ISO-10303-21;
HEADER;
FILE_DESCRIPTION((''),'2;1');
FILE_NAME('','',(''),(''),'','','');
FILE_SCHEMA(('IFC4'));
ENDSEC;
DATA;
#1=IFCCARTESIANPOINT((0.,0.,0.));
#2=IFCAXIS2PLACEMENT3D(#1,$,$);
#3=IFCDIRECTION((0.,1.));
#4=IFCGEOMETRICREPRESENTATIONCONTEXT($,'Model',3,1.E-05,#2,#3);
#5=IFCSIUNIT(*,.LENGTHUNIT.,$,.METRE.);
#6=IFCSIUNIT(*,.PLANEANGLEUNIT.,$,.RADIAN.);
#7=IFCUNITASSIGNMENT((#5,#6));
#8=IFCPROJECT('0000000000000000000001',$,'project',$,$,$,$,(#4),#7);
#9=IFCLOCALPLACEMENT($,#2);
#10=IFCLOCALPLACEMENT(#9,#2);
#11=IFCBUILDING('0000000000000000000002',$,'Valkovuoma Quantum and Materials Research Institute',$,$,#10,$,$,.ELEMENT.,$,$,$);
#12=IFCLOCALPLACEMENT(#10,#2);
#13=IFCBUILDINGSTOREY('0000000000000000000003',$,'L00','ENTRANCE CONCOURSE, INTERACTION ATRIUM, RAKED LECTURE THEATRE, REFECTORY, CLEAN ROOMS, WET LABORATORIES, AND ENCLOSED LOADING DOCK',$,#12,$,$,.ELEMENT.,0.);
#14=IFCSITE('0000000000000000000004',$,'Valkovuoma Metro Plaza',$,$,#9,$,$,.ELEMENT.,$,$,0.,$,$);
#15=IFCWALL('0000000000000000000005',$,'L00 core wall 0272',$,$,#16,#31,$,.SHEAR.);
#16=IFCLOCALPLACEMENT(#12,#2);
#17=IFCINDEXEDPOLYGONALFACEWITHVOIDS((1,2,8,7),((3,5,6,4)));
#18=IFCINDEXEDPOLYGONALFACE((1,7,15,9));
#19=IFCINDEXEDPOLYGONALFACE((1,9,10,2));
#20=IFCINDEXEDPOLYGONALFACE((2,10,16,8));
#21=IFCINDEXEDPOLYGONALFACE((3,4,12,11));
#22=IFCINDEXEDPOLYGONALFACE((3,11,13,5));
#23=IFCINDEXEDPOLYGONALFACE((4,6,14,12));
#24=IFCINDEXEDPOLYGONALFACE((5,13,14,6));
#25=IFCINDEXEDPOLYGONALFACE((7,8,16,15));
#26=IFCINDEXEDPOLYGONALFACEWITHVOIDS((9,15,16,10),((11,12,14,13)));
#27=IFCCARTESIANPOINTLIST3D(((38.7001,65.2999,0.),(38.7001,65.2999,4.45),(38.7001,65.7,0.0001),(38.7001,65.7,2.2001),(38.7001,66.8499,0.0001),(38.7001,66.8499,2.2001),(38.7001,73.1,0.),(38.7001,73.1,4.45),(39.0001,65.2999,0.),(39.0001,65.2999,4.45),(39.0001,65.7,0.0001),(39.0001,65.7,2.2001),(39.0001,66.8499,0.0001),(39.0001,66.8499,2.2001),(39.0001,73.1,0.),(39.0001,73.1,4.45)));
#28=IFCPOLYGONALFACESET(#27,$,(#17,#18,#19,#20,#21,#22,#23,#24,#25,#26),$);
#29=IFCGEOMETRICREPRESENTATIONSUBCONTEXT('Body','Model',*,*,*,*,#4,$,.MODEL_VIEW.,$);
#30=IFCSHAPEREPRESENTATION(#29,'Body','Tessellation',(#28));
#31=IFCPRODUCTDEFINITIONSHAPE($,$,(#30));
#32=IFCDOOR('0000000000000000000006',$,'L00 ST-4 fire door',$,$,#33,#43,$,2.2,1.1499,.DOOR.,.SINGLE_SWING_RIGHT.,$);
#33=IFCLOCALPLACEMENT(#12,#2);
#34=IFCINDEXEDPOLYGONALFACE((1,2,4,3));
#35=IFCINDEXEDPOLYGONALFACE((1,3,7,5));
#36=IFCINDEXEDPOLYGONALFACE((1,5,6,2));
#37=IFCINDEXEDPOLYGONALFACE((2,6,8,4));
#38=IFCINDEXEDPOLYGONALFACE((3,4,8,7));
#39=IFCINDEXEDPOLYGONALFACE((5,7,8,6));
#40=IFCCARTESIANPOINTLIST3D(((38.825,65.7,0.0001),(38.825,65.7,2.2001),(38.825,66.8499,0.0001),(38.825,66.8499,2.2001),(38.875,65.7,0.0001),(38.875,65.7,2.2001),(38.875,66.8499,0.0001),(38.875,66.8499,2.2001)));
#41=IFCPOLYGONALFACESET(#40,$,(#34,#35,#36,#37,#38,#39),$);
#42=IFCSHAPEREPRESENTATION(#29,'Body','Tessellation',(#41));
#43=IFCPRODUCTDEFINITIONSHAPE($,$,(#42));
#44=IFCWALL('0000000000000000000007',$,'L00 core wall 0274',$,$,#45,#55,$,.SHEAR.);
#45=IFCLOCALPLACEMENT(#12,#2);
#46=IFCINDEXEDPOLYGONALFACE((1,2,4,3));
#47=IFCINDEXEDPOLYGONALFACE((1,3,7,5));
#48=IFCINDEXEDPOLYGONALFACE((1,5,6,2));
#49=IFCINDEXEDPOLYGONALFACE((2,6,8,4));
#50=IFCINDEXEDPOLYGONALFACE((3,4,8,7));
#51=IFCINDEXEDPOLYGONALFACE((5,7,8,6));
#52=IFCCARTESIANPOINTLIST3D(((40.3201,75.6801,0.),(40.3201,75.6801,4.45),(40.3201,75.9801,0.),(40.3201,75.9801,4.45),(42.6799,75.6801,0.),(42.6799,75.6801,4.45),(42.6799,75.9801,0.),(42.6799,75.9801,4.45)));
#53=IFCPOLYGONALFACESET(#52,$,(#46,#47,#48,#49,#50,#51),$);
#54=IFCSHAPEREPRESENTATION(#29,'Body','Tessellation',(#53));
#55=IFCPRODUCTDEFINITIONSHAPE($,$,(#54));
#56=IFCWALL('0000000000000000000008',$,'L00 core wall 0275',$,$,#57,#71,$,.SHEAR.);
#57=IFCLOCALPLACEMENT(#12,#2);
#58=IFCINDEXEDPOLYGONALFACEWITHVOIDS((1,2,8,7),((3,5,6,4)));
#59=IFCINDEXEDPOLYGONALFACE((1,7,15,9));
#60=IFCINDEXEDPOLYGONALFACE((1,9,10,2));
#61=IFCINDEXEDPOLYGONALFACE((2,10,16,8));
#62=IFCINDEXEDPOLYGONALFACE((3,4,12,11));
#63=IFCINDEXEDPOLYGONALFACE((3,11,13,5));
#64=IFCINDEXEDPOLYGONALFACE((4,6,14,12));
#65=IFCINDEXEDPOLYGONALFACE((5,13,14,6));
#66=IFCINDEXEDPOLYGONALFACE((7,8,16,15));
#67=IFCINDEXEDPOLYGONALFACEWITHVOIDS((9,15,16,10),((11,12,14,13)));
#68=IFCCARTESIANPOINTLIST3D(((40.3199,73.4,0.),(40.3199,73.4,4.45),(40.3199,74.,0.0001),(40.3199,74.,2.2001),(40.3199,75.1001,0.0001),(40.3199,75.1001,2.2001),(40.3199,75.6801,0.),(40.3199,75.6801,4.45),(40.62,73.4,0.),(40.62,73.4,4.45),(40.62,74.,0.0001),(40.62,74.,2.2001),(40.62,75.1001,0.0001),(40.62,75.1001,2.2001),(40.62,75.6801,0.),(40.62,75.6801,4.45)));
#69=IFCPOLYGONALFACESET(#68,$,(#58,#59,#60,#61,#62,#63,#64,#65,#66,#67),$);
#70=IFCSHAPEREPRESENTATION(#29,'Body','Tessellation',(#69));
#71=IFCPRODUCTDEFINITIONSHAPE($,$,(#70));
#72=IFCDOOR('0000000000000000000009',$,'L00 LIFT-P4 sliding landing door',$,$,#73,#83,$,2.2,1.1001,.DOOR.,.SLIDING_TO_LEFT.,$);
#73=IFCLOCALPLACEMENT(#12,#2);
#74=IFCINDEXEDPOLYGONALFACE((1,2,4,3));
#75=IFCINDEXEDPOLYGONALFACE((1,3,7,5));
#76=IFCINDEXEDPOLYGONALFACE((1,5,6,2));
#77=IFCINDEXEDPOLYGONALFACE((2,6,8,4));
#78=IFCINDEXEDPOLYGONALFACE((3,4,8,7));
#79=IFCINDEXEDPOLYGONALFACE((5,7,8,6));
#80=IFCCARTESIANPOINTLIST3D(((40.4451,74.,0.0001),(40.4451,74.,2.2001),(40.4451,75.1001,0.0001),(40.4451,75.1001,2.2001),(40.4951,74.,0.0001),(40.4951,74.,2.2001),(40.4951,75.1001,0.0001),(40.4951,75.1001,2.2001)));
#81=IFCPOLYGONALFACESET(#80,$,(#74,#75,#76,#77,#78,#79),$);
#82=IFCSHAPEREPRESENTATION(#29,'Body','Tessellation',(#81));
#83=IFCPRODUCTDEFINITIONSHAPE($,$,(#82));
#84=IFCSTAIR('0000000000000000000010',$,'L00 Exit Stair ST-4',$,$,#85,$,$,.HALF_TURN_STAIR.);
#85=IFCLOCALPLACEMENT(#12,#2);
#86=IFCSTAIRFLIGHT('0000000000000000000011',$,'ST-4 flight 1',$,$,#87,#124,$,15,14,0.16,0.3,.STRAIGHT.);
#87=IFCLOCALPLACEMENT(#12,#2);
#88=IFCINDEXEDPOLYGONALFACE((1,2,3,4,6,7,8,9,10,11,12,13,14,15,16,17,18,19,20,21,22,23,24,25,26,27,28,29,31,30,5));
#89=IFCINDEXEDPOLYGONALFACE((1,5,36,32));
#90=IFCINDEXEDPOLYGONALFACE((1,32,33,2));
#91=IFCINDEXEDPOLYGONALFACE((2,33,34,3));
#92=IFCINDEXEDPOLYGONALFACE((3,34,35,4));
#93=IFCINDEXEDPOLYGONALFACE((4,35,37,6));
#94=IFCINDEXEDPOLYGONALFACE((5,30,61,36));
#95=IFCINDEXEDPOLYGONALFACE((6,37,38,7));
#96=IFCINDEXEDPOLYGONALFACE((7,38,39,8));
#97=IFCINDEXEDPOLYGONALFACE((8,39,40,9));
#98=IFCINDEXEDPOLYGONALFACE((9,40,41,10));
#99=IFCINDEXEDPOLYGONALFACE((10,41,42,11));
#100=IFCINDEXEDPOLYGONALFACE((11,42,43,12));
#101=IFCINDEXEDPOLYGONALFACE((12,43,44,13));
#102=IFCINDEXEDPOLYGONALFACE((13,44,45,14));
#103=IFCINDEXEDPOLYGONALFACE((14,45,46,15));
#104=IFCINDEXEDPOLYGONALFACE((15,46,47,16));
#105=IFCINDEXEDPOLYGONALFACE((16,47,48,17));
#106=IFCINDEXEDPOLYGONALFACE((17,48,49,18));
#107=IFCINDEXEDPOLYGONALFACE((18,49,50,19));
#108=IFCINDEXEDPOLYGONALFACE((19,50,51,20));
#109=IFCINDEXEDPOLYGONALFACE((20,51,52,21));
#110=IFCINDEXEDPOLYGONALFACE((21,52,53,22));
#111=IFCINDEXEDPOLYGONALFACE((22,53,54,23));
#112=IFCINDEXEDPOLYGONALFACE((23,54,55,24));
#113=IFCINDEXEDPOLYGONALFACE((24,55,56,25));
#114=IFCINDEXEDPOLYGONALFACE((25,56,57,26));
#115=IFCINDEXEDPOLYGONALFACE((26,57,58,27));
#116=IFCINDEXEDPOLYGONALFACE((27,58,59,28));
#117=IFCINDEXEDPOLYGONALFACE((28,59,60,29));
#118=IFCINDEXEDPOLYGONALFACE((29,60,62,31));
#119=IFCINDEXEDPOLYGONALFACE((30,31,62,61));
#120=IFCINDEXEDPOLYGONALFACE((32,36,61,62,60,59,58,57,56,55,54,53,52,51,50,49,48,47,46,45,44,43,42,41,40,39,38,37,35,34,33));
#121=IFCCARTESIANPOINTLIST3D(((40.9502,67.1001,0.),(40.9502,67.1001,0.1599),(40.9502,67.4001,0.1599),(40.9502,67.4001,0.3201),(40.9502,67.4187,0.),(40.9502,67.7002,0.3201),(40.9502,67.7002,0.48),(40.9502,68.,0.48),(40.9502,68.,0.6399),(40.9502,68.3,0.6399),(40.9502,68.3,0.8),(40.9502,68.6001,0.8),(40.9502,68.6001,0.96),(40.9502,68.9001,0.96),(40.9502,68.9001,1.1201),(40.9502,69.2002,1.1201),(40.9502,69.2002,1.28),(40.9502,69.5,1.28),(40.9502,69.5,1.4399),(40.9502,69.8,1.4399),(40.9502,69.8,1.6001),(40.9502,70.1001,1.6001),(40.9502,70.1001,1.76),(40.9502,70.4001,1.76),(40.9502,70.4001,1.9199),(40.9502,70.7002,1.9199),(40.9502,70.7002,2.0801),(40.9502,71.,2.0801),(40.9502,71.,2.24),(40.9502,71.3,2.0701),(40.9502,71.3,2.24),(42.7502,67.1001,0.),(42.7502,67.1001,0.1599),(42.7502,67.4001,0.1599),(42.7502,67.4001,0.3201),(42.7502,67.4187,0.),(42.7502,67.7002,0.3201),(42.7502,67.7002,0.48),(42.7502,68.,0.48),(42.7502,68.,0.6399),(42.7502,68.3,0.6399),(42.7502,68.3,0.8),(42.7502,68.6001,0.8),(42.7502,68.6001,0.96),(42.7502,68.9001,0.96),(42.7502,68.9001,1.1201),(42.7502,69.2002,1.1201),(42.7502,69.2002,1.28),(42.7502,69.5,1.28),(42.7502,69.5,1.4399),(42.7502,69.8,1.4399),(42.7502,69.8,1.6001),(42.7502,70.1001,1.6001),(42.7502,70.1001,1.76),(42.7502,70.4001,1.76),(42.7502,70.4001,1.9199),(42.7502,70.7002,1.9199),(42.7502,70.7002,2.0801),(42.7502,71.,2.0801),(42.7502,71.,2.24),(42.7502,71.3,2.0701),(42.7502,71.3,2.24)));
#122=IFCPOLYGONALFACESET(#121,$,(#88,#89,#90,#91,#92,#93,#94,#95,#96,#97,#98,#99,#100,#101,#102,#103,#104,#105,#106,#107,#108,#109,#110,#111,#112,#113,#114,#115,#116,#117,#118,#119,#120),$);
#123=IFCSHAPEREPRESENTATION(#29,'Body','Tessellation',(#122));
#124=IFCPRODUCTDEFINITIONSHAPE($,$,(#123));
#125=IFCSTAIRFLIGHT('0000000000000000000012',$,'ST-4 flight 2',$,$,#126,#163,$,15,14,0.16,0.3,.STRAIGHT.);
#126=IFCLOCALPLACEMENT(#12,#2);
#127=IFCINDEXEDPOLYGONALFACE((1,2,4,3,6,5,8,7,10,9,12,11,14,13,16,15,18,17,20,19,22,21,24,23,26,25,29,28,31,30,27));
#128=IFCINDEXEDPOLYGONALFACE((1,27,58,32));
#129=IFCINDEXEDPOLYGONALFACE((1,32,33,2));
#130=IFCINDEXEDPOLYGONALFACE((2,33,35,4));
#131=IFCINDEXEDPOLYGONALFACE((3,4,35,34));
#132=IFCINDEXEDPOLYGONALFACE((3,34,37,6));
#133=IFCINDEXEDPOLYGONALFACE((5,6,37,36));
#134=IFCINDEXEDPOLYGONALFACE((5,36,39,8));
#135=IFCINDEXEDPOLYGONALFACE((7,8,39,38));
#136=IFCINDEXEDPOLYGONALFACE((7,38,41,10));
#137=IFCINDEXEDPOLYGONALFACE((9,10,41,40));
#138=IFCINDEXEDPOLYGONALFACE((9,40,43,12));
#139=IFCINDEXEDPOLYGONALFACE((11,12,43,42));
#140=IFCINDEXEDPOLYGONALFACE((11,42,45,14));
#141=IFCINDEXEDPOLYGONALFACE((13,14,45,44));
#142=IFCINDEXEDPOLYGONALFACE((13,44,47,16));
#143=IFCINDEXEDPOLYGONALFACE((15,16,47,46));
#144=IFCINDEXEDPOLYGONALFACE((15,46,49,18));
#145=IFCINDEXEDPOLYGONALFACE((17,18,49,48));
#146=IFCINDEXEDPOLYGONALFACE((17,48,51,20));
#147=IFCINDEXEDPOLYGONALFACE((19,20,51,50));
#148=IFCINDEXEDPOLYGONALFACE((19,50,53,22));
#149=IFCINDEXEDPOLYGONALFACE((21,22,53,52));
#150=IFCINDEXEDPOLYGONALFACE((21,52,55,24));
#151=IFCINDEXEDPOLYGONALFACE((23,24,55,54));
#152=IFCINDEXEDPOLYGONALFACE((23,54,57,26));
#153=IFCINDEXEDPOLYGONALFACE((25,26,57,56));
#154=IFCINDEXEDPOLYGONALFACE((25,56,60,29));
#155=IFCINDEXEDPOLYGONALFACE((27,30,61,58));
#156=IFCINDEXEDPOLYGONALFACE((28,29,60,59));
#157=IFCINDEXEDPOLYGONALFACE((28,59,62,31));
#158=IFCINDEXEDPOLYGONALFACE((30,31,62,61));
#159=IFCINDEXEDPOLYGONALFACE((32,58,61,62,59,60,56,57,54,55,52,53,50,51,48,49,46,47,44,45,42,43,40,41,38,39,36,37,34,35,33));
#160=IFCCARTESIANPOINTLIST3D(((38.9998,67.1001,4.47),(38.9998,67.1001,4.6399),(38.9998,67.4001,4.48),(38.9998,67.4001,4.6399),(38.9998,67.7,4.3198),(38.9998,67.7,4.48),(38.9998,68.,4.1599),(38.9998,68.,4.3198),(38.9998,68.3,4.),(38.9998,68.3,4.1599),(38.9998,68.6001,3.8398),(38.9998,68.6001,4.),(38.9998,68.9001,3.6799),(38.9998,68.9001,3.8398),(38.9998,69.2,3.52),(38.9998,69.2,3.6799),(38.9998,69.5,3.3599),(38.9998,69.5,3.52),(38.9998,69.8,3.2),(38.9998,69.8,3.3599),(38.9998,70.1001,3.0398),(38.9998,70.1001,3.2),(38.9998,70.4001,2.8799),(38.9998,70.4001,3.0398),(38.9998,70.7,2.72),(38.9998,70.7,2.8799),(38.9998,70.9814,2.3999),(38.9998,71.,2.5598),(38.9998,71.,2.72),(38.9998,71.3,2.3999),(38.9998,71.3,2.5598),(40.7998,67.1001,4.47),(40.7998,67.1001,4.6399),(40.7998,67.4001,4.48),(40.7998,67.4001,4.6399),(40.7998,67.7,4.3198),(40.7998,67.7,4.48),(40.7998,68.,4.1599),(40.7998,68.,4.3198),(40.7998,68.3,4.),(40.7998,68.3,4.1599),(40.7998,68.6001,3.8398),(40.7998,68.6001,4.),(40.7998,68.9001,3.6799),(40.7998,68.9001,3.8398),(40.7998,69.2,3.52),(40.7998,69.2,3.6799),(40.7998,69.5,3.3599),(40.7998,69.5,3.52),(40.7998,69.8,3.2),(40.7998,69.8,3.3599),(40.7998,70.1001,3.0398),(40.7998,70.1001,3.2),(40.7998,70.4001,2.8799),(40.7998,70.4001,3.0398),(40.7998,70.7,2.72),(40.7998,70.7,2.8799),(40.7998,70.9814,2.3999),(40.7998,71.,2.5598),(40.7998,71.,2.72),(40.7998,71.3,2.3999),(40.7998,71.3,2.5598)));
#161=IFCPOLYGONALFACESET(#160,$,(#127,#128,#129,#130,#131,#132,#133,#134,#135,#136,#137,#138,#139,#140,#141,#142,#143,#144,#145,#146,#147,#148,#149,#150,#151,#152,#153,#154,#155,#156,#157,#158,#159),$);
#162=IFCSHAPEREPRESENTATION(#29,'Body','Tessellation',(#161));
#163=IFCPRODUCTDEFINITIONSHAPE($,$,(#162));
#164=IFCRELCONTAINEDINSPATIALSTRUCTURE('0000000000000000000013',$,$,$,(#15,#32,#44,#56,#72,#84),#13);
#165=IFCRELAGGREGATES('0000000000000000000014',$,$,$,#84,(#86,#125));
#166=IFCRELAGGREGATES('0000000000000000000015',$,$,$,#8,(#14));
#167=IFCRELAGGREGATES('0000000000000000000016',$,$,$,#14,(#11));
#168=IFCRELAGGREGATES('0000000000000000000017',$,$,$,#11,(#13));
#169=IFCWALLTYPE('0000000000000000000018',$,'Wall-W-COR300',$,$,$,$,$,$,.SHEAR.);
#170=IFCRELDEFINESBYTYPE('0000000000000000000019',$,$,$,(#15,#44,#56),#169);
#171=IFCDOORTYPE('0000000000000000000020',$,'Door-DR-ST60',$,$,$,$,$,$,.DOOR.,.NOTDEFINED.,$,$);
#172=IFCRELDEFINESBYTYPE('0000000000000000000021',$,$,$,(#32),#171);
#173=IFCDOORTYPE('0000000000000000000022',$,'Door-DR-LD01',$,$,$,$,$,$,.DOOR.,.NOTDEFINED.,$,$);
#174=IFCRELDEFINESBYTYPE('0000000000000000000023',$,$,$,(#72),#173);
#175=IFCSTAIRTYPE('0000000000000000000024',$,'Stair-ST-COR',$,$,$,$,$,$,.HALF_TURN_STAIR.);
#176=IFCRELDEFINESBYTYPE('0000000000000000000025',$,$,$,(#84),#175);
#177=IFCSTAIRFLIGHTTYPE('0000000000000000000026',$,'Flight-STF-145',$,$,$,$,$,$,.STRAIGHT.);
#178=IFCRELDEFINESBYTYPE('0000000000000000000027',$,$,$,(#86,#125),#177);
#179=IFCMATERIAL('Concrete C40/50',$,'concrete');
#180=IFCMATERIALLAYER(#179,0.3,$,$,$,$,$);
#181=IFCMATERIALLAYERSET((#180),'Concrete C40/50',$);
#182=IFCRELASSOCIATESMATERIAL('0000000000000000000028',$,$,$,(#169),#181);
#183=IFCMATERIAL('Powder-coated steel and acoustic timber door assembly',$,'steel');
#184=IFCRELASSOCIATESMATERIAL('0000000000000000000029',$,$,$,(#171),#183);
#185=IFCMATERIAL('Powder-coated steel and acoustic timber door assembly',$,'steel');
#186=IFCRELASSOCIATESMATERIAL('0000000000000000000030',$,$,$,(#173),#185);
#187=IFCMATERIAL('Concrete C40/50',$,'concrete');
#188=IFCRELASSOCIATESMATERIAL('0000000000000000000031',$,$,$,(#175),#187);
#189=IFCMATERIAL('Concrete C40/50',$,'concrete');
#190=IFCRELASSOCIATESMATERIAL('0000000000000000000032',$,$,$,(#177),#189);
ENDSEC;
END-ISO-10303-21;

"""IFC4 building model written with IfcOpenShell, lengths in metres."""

from ifc_helpers import new_model, si_unit, direction, frame, frame_2d, origin, place, context, subcontext, project, spatial, polyline, rectangle, outline, extrude, material, layer, layer_set, type_object, element, fill, aggregate, save


model = new_model("IFC4")

# Units and contexts
model_context = context("Model", 3, precision=1e-05, world=origin(), true_north=direction((0.0, 1.0)))
body_context = subcontext(model_context, "Body", "Model", "MODEL_VIEW")
ifc_project = project(units=[si_unit("LENGTHUNIT", "METRE"), si_unit("PLANEANGLEUNIT", "RADIAN")], contexts=[model_context])

# Site, building, storey
site_placement = place(None, origin())
site = spatial("IfcSite", under=ifc_project, at=site_placement, Name="Valkovuoma Metro Plaza", CompositionType="ELEMENT", RefElevation=0.0)
building_placement = place(site_placement, origin())
building = spatial("IfcBuilding", under=site, at=building_placement, Name="Valkovuoma Quantum and Materials Research Institute", CompositionType="ELEMENT")
storey_placement = place(building_placement, origin())
storey = spatial("IfcBuildingStorey", under=building, at=storey_placement, Name="L00", Description="ENTRANCE CONCOURSE, INTERACTION ATRIUM, RAKED LECTURE THEATRE, REFECTORY, CLEAN ROOMS, WET LABORATORIES, AND ENCLOSED LOADING DOCK", CompositionType="ELEMENT", Elevation=0.0)

# Shared definitions
ifc_material_1 = material(Name="Concrete C40/50", Category="concrete")
ifc_layer = layer(ifc_material_1, 0.3)
ifc_layer_set = layer_set([ifc_layer], Name="Concrete C40/50")
wall_type = type_object("IfcWallType", Name="Wall-W-COR300", PredefinedType="SHEAR", material=ifc_layer_set)

# Wall, opening, door
wall_1_placement = place(storey_placement, frame((38.8501, 65.3, 0.0), z_axis=(0.0, 0.0, 1.0), x_axis=(0.0, 1.0, 0.0)))
wall_1 = element("IfcWall", 1, at=wall_1_placement, inside=storey, type_object=wall_type, Name="L00 core wall 0272", PredefinedType="SHEAR", context=body_context, shape_type="SweptSolid", body=[
    extrude(rectangle(XDim=7.8, YDim=0.3, at=frame_2d((3.8999, 0.0))), origin(), (0.0, 0.0, 1.0), 4.45),
])
opening_1_placement = place(wall_1_placement, frame((0.3999, 0.0, 0.0)))
opening_1 = element("IfcOpeningElement", 2, at=opening_1_placement, cuts=wall_1, PredefinedType="OPENING", context=body_context, shape_type="SweptSolid", body=[
    extrude(rectangle(XDim=1.1499, YDim=2.2, at=frame_2d((0.575, 1.1001))), frame((0.0, 0.1602, 0.0), z_axis=(0.0, -1.0, 0.0), x_axis=(1.0, 0.0, 0.0)), (0.0, 0.0, 1.0), 0.3201),
])
ifc_material_2 = material(Name="Powder-coated steel and acoustic timber door assembly", Category="steel")
door_type_1 = type_object("IfcDoorType", Name="Door-DR-ST60", OperationType="NOTDEFINED", PredefinedType="DOOR", material=ifc_material_2)
door_1_placement = place(opening_1_placement, frame((1.1499, 0.0, 0.0), z_axis=(0.0, 0.0, 1.0), x_axis=(-1.0, 0.0, 0.0)))
door_1 = element("IfcDoor", 3, at=door_1_placement, inside=storey, type_object=door_type_1, Name="L00 ST-4 fire door", OperationType="SINGLE_SWING_RIGHT", OverallHeight=2.2, OverallWidth=1.1499, PredefinedType="DOOR", context=body_context, shape_type="SweptSolid", body=[
    extrude(rectangle(XDim=1.1499, YDim=2.2, at=frame_2d((0.575, 1.1001))), frame((0.0, 0.0249, 0.0), z_axis=(0.0, -1.0, 0.0), x_axis=(1.0, 0.0, 0.0)), (0.0, 0.0, 1.0), 0.05),
])
fill(opening_1, door_1)

# Wall
wall_2_placement = place(storey_placement, frame((40.3201, 75.8301, 0.0), z_axis=(0.0, 0.0, 1.0), x_axis=(1.0, 0.0, 0.0)))
element("IfcWall", 4, at=wall_2_placement, inside=storey, type_object=wall_type, Name="L00 core wall 0274", PredefinedType="SHEAR", context=body_context, shape_type="SweptSolid", body=[
    extrude(rectangle(XDim=2.3599, YDim=0.3, at=frame_2d((1.1799, 0.0))), origin(), (0.0, 0.0, 1.0), 4.45),
])

# Wall, opening, door
wall_3_placement = place(storey_placement, frame((40.47, 73.3999, 0.0), z_axis=(0.0, 0.0, 1.0), x_axis=(0.0, 1.0, 0.0)))
wall_3 = element("IfcWall", 5, at=wall_3_placement, inside=storey, type_object=wall_type, Name="L00 core wall 0275", PredefinedType="SHEAR", context=body_context, shape_type="SweptSolid", body=[
    extrude(rectangle(XDim=2.28, YDim=0.3, at=frame_2d((1.1401, 0.0))), origin(), (0.0, 0.0, 1.0), 4.45),
])
opening_2_placement = place(wall_3_placement, frame((0.6001, 0.0, 0.0)))
opening_2 = element("IfcOpeningElement", 6, at=opening_2_placement, cuts=wall_3, PredefinedType="OPENING", context=body_context, shape_type="SweptSolid", body=[
    extrude(rectangle(XDim=1.1001, YDim=2.2, at=frame_2d((0.55, 1.1001))), frame((0.0, 0.1602, 0.0), z_axis=(0.0, -1.0, 0.0), x_axis=(1.0, 0.0, 0.0)), (0.0, 0.0, 1.0), 0.3201),
])
ifc_material_3 = material(Name="Powder-coated steel and acoustic timber door assembly", Category="steel")
door_type_2 = type_object("IfcDoorType", Name="Door-DR-LD01", OperationType="NOTDEFINED", PredefinedType="DOOR", material=ifc_material_3)
door_2_placement = place(opening_2_placement, origin())
door_2 = element("IfcDoor", 7, at=door_2_placement, inside=storey, type_object=door_type_2, Name="L00 LIFT-P4 sliding landing door", OperationType="SLIDING_TO_LEFT", OverallHeight=2.2, OverallWidth=1.1001, PredefinedType="DOOR", context=body_context, shape_type="SweptSolid", body=[
    extrude(rectangle(XDim=1.1001, YDim=2.2, at=frame_2d((0.55, 1.1001))), frame((0.0, 0.0249, 0.0), z_axis=(0.0, -1.0, 0.0), x_axis=(1.0, 0.0, 0.0)), (0.0, 0.0, 1.0), 0.05),
])
fill(opening_2, door_2)

# Stair, stair flights
ifc_material_4 = material(Name="Concrete C40/50", Category="concrete")
stair_type = type_object("IfcStairType", Name="Stair-ST-COR", PredefinedType="HALF_TURN_STAIR", material=ifc_material_4)
stair_placement = place(storey_placement, origin())
stair = element("IfcStair", 8, at=stair_placement, inside=storey, type_object=stair_type, Name="L00 Exit Stair ST-4", PredefinedType="HALF_TURN_STAIR")
ifc_material_5 = material(Name="Concrete C40/50", Category="concrete")
stair_flight_type = type_object("IfcStairFlightType", Name="Flight-STF-145", PredefinedType="STRAIGHT", material=ifc_material_5)
stair_flight_1_placement = place(storey_placement, frame((41.8501, 67.1001, 0.0), z_axis=(0.0, 0.0, 1.0), x_axis=(0.0, 1.0, 0.0)))
stair_flight_1 = element("IfcStairFlight", 9, at=stair_flight_1_placement, type_object=stair_flight_type, Name="ST-4 flight 1", NumberOfRisers=15, NumberOfTreads=14, PredefinedType="STRAIGHT", RiserHeight=0.16, TreadLength=0.3, context=body_context, shape_type="SweptSolid", body=[
    extrude(outline(polyline([(0.0, 0.0), (0.0, 0.1599), (0.3, 0.1599), (0.3, 0.3201), (0.6001, 0.3201), (0.6001, 0.48), (0.8999, 0.48), (0.8999, 0.6399), (1.2, 0.6399), (1.2, 0.8), (1.5, 0.8), (1.5, 0.96), (1.8, 0.96), (1.8, 1.1201), (2.1001, 1.1201), (2.1001, 1.28), (2.3999, 1.28), (2.3999, 1.4399), (2.7, 1.4399), (2.7, 1.6001), (3.0, 1.6001), (3.0, 1.76), (3.3, 1.76), (3.3, 1.9199), (3.6001, 1.9199), (3.6001, 2.0801), (3.8999, 2.0801), (3.8999, 2.24), (4.2, 2.24), (4.2, 2.3999), (4.2, 2.0701), (0.3186, 0.0), (0.0, 0.0)])), frame((0.0, 0.8999, 0.0), z_axis=(0.0, -1.0, 0.0), x_axis=(1.0, 0.0, 0.0)), (0.0, 0.0, 1.0), 1.8),
])
stair_flight_2_placement = place(storey_placement, frame((39.8999, 71.3, 2.3999), z_axis=(0.0, 0.0, 1.0), x_axis=(0.0, -1.0, 0.0)))
stair_flight_2 = element("IfcStairFlight", 10, at=stair_flight_2_placement, type_object=stair_flight_type, Name="ST-4 flight 2", NumberOfRisers=15, NumberOfTreads=14, PredefinedType="STRAIGHT", RiserHeight=0.16, TreadLength=0.3, context=body_context, shape_type="SweptSolid", body=[
    extrude(outline(polyline([(0.0, 0.0), (0.0, 0.1599), (0.3, 0.1599), (0.3, 0.3201), (0.6001, 0.3201), (0.6001, 0.48), (0.8999, 0.48), (0.8999, 0.6399), (1.2, 0.6399), (1.2, 0.8), (1.5, 0.8), (1.5, 0.96), (1.8, 0.96), (1.8, 1.1201), (2.1001, 1.1201), (2.1001, 1.28), (2.3999, 1.28), (2.3999, 1.4399), (2.7, 1.4399), (2.7, 1.6001), (3.0, 1.6001), (3.0, 1.76), (3.3, 1.76), (3.3, 1.9199), (3.6001, 1.9199), (3.6001, 2.0801), (3.8999, 2.0801), (3.8999, 2.24), (4.2, 2.24), (4.2, 2.3999), (4.2, 2.0701), (0.3186, 0.0), (0.0, 0.0)])), frame((0.0, 0.8999, 0.0), z_axis=(0.0, -1.0, 0.0), x_axis=(1.0, 0.0, 0.0)), (0.0, 0.0, 1.0), 1.8),
])
aggregate(stair, [stair_flight_1, stair_flight_2])

save(model, "model.ifc")
